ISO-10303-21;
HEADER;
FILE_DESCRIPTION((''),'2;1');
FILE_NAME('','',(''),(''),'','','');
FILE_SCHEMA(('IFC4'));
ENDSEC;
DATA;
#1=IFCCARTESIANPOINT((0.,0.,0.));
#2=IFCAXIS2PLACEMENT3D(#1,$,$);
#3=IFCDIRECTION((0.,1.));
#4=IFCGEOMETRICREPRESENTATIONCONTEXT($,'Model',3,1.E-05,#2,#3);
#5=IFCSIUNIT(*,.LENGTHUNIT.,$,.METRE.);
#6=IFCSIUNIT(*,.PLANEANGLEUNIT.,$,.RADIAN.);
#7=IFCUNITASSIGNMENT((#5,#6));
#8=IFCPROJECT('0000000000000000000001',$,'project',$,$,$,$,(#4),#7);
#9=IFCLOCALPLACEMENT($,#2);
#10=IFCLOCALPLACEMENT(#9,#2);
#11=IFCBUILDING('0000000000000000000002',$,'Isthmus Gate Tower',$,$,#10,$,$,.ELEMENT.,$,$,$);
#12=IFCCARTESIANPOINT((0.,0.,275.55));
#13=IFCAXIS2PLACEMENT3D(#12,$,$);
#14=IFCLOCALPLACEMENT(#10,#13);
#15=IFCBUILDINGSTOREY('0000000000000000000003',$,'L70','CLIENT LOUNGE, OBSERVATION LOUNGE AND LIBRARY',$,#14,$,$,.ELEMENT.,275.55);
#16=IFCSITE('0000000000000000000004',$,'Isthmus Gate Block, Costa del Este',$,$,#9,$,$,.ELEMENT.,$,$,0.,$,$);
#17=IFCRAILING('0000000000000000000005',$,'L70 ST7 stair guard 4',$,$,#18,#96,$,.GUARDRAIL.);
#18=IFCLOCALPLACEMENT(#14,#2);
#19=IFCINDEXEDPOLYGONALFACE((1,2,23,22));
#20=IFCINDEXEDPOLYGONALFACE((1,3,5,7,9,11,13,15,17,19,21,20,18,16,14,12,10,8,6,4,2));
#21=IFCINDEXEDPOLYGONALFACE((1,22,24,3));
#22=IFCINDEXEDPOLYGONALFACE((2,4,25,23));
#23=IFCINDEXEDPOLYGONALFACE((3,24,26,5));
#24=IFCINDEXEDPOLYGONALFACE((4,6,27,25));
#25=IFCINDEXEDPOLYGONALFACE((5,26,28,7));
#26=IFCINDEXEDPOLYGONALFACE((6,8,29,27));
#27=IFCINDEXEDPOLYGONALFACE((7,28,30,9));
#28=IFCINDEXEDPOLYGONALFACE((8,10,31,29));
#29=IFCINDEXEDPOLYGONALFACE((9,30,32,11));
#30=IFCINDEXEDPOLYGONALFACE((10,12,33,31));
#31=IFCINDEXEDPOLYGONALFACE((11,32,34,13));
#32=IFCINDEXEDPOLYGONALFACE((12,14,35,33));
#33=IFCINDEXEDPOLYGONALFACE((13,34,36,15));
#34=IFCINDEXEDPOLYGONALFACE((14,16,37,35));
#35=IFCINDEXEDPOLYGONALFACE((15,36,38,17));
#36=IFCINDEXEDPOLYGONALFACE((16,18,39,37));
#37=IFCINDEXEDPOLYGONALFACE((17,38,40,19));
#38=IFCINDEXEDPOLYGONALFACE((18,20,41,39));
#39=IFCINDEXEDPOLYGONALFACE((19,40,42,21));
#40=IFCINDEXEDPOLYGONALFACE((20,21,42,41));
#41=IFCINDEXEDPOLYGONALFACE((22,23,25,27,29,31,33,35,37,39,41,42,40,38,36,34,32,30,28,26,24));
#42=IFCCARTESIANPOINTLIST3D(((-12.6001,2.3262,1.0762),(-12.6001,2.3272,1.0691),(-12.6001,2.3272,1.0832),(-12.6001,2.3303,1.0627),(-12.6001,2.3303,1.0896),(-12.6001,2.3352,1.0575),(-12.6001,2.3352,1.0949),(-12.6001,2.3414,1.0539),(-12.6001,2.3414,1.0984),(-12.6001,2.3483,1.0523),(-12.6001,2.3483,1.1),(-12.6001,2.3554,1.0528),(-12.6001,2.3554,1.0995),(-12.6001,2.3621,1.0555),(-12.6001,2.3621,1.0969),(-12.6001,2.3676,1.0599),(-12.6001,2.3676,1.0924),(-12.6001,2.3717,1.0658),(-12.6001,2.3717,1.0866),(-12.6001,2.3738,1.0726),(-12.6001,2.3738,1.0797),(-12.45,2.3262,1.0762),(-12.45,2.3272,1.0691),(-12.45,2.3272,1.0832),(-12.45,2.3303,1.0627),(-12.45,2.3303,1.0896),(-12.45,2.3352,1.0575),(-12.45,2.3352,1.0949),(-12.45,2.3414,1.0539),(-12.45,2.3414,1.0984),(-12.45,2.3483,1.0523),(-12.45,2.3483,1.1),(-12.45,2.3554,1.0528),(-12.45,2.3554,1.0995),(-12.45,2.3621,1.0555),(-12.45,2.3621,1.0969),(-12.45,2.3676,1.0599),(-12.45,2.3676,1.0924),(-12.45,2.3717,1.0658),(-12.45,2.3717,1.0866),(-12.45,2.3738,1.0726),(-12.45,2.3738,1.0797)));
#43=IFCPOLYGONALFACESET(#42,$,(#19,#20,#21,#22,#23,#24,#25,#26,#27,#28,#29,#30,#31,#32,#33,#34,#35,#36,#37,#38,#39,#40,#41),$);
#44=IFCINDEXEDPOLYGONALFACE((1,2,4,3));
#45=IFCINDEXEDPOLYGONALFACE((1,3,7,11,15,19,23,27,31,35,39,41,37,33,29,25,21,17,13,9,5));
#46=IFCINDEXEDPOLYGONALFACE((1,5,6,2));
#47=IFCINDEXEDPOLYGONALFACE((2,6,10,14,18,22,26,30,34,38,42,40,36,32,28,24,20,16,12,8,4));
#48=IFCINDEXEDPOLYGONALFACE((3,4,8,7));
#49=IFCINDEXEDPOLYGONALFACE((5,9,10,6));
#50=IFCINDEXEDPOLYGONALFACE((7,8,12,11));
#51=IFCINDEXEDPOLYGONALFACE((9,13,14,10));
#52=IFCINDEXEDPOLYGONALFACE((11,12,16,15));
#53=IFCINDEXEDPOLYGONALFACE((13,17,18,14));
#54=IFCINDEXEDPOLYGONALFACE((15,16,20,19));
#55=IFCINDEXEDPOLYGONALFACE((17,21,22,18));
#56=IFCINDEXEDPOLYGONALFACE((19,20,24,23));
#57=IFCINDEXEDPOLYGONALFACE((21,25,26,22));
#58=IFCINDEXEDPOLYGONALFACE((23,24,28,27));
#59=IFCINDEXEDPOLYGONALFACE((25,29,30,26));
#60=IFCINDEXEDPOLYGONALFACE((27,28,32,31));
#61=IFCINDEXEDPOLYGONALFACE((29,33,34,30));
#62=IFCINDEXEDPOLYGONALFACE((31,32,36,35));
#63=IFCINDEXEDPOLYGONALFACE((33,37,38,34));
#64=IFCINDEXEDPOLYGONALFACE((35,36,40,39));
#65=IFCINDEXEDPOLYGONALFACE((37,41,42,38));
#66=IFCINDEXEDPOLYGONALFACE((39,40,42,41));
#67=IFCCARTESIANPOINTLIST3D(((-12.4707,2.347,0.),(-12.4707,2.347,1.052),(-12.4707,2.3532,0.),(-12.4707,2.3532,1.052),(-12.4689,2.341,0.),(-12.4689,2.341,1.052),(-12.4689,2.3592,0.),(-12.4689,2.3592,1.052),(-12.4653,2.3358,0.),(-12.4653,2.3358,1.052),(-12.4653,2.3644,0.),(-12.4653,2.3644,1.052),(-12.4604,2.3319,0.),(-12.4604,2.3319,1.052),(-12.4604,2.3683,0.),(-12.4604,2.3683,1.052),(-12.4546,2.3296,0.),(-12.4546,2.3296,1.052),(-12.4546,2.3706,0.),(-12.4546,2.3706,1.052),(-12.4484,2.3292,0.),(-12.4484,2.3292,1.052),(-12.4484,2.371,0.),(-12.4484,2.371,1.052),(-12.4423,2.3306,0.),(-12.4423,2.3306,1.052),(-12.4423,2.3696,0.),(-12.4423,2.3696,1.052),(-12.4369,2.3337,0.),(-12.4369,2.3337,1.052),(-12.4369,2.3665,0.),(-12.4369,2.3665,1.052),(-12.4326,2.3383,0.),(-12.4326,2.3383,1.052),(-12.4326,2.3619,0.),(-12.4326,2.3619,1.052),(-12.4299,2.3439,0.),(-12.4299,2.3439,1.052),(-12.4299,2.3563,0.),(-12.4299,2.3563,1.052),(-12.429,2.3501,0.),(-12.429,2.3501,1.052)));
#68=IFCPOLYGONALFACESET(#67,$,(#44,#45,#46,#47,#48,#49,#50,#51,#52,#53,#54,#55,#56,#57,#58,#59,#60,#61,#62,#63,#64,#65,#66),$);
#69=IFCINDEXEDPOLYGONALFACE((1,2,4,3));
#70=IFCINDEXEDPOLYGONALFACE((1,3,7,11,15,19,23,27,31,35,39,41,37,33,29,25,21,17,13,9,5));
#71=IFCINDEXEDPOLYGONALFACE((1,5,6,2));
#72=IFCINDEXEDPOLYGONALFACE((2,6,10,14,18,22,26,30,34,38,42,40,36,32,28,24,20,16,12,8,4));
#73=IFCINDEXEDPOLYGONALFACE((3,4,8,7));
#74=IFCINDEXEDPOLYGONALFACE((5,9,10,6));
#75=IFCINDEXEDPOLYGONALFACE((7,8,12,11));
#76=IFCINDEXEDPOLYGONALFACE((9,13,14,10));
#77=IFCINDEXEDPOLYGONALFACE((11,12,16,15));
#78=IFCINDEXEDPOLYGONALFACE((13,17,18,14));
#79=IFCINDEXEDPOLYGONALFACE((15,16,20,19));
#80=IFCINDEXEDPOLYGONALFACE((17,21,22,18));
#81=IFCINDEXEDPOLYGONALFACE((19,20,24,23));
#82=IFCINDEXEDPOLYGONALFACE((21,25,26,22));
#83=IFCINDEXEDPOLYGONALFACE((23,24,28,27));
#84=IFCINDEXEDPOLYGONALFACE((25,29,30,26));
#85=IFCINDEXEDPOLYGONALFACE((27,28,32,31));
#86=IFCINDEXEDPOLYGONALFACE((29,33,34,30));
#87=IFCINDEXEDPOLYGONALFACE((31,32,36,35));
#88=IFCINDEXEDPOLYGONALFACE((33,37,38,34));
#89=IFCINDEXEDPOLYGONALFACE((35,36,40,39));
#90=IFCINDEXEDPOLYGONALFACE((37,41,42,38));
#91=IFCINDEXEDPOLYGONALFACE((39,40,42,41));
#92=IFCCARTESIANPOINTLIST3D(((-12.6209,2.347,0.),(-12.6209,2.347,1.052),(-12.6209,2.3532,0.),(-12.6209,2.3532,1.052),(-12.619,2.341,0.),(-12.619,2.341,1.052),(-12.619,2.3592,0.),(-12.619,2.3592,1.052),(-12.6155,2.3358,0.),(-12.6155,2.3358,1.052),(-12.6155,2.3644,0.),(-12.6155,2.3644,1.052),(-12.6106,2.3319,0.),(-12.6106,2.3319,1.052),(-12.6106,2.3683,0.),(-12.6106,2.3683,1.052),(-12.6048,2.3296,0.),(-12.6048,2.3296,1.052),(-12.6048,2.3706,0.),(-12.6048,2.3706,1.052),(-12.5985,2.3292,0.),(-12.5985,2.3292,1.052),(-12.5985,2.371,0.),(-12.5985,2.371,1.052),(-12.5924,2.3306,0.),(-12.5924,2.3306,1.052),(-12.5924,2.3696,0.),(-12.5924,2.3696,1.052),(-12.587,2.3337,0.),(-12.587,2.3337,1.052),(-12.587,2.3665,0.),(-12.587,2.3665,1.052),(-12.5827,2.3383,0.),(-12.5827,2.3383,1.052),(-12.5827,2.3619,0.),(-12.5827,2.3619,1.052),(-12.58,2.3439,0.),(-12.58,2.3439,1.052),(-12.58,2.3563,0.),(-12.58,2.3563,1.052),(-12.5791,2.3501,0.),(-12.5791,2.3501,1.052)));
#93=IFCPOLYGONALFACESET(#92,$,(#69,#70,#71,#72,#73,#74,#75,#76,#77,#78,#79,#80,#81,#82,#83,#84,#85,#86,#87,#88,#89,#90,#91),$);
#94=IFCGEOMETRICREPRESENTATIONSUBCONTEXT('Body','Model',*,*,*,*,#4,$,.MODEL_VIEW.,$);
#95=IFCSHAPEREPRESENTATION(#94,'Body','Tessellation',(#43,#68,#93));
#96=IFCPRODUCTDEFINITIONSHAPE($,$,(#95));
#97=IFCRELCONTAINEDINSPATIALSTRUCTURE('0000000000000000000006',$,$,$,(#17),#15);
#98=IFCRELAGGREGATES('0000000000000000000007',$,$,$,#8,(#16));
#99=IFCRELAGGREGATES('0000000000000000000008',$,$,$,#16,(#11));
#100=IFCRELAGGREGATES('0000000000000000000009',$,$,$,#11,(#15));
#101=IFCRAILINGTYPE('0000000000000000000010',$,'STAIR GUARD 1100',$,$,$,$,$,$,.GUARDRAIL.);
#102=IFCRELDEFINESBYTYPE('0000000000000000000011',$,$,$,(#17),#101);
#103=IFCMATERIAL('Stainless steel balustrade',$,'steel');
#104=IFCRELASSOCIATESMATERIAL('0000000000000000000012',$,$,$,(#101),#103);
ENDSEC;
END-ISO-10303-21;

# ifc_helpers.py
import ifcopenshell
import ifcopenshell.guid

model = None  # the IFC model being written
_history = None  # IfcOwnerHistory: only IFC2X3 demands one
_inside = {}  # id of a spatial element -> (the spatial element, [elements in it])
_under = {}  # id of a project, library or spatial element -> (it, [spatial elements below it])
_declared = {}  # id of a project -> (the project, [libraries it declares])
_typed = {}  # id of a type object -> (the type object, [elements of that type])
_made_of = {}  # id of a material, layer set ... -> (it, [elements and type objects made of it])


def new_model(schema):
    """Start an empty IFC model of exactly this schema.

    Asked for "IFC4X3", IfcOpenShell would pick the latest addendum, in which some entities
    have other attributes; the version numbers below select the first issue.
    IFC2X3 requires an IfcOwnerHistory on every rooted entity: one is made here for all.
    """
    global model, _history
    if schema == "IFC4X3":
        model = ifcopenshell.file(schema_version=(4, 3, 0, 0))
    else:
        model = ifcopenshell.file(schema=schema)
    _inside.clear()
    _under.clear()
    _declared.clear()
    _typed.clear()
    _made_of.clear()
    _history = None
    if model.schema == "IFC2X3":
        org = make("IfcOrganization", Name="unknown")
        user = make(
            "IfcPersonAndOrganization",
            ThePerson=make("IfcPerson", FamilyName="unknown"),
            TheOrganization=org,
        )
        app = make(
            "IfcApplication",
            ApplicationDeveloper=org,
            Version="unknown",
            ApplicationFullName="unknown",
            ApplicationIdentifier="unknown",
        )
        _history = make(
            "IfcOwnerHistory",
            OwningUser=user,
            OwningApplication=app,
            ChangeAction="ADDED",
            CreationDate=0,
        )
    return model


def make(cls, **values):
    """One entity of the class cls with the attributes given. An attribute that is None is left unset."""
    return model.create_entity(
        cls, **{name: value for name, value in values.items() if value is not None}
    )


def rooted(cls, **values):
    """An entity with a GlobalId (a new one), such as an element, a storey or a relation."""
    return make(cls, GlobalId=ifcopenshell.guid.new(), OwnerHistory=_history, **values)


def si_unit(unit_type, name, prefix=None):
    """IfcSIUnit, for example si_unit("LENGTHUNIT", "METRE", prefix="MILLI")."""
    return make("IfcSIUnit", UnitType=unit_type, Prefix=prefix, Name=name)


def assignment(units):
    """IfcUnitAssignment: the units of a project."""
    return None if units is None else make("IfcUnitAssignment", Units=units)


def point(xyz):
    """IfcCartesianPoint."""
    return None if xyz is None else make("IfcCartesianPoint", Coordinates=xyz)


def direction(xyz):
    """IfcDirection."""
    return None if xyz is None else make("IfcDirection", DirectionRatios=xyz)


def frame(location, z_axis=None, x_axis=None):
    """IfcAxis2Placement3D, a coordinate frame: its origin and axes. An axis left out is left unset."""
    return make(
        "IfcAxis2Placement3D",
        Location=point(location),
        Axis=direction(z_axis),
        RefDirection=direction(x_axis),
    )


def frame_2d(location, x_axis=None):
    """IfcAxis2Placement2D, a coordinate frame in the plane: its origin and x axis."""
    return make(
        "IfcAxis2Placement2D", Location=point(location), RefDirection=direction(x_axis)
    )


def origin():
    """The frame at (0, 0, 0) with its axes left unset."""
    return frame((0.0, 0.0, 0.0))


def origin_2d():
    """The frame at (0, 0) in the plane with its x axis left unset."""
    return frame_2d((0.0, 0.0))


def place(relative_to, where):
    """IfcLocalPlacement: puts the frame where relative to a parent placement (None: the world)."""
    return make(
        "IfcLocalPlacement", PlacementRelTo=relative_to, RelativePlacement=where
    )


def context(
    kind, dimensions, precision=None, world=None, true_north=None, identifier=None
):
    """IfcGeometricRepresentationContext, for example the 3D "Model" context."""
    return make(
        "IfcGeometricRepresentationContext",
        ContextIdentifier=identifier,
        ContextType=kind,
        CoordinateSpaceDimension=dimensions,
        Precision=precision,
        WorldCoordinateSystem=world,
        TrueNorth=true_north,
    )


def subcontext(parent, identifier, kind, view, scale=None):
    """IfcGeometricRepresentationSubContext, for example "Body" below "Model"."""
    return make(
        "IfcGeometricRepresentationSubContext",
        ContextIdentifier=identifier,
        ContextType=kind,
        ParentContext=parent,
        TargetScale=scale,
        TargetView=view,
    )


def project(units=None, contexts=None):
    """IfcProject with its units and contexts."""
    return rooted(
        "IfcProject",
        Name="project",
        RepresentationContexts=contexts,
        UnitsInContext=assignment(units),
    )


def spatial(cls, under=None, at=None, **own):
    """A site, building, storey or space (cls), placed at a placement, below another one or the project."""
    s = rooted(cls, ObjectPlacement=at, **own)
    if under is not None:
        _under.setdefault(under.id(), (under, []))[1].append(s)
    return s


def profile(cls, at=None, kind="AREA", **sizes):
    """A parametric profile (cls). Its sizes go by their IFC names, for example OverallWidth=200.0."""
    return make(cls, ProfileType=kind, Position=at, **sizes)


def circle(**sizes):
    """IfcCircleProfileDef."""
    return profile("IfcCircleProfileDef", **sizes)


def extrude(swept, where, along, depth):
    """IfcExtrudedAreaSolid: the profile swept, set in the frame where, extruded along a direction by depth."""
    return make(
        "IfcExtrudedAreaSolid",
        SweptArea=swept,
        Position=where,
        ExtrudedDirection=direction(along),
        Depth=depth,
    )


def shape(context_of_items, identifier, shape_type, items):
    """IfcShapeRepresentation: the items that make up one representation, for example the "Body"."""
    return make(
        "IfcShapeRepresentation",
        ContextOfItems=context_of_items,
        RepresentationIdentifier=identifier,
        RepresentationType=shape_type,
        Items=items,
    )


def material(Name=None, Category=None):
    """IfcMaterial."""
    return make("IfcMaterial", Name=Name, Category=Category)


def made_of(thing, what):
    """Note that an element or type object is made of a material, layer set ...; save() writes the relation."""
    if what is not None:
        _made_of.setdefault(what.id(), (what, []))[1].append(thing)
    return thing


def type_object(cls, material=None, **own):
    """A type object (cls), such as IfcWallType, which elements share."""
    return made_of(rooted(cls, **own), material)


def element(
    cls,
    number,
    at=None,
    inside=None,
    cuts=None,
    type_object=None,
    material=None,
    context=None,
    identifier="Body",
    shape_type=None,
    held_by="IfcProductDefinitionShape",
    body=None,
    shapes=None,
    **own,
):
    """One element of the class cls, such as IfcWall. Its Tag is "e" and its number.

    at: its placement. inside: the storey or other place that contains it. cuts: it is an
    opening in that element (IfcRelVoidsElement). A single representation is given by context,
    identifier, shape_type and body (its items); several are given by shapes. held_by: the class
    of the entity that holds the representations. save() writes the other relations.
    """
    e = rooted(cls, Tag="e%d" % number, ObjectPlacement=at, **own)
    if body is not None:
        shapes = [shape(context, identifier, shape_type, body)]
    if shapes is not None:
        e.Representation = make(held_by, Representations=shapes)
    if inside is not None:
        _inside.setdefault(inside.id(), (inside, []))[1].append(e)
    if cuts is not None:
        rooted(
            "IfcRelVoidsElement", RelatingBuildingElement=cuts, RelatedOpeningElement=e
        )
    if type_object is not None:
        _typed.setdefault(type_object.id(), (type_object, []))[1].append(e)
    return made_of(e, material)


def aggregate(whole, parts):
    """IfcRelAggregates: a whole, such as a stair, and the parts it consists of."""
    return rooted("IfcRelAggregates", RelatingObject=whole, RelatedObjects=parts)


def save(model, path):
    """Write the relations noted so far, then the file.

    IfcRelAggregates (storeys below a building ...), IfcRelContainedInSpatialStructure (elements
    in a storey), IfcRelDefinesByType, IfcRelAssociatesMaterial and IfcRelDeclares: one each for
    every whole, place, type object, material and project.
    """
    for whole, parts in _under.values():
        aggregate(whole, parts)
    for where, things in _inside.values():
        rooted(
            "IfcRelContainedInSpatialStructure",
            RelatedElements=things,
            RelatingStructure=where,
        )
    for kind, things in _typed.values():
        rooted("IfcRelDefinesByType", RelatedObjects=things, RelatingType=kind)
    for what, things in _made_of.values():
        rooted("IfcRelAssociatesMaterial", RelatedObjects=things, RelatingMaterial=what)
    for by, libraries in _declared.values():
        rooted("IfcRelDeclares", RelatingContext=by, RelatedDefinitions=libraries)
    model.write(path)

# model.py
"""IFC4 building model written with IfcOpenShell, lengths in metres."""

from ifc_helpers import new_model, si_unit, direction, frame, origin, origin_2d, place, context, subcontext, project, spatial, circle, extrude, material, type_object, element, save


model = new_model("IFC4")

# Units and contexts
model_context = context("Model", 3, precision=1e-05, world=origin(), true_north=direction((0.0, 1.0)))
body_context = subcontext(model_context, "Body", "Model", "MODEL_VIEW")
ifc_project = project(units=[si_unit("LENGTHUNIT", "METRE"), si_unit("PLANEANGLEUNIT", "RADIAN")], contexts=[model_context])

# Site, building, storey
site_placement = place(None, origin())
site = spatial("IfcSite", under=ifc_project, at=site_placement, Name="Isthmus Gate Block, Costa del Este", CompositionType="ELEMENT", RefElevation=0.0)
building_placement = place(site_placement, origin())
building = spatial("IfcBuilding", under=site, at=building_placement, Name="Isthmus Gate Tower", CompositionType="ELEMENT")
storey_placement = place(building_placement, frame((0.0, 0.0, 275.55)))
storey = spatial("IfcBuildingStorey", under=building, at=storey_placement, Name="L70", Description="CLIENT LOUNGE, OBSERVATION LOUNGE AND LIBRARY", CompositionType="ELEMENT", Elevation=275.55)

# Railing
ifc_material_1 = material(Name="Stainless steel balustrade", Category="steel")
railing_type_1 = type_object("IfcRailingType", Name="STAIR GUARD 1100", PredefinedType="GUARDRAIL", material=ifc_material_1)
railing_1_placement = place(storey_placement, frame((-12.45, 2.3501, 0.0)))
element("IfcRailing", 1, at=railing_1_placement, inside=storey, type_object=railing_type_1, Name="L70 ST7 stair guard 4", PredefinedType="GUARDRAIL", context=body_context, shape_type="SweptSolid", body=[
    extrude(circle(Radius=0.0239, at=origin_2d()), frame((0.0, 0.0, 1.0762), z_axis=(-1.0, 0.0, 0.0), x_axis=(0.0, -1.0, 0.0)), (0.0, 0.0, 1.0), 0.1501),
    extrude(circle(Radius=0.021, at=origin_2d()), origin(), (0.0, 0.0, 1.0), 1.052),
    extrude(circle(Radius=0.021, at=origin_2d()), frame((-0.1501, 0.0, 0.0)), (0.0, 0.0, 1.0), 1.052),
])

save(model, "model.ifc")
